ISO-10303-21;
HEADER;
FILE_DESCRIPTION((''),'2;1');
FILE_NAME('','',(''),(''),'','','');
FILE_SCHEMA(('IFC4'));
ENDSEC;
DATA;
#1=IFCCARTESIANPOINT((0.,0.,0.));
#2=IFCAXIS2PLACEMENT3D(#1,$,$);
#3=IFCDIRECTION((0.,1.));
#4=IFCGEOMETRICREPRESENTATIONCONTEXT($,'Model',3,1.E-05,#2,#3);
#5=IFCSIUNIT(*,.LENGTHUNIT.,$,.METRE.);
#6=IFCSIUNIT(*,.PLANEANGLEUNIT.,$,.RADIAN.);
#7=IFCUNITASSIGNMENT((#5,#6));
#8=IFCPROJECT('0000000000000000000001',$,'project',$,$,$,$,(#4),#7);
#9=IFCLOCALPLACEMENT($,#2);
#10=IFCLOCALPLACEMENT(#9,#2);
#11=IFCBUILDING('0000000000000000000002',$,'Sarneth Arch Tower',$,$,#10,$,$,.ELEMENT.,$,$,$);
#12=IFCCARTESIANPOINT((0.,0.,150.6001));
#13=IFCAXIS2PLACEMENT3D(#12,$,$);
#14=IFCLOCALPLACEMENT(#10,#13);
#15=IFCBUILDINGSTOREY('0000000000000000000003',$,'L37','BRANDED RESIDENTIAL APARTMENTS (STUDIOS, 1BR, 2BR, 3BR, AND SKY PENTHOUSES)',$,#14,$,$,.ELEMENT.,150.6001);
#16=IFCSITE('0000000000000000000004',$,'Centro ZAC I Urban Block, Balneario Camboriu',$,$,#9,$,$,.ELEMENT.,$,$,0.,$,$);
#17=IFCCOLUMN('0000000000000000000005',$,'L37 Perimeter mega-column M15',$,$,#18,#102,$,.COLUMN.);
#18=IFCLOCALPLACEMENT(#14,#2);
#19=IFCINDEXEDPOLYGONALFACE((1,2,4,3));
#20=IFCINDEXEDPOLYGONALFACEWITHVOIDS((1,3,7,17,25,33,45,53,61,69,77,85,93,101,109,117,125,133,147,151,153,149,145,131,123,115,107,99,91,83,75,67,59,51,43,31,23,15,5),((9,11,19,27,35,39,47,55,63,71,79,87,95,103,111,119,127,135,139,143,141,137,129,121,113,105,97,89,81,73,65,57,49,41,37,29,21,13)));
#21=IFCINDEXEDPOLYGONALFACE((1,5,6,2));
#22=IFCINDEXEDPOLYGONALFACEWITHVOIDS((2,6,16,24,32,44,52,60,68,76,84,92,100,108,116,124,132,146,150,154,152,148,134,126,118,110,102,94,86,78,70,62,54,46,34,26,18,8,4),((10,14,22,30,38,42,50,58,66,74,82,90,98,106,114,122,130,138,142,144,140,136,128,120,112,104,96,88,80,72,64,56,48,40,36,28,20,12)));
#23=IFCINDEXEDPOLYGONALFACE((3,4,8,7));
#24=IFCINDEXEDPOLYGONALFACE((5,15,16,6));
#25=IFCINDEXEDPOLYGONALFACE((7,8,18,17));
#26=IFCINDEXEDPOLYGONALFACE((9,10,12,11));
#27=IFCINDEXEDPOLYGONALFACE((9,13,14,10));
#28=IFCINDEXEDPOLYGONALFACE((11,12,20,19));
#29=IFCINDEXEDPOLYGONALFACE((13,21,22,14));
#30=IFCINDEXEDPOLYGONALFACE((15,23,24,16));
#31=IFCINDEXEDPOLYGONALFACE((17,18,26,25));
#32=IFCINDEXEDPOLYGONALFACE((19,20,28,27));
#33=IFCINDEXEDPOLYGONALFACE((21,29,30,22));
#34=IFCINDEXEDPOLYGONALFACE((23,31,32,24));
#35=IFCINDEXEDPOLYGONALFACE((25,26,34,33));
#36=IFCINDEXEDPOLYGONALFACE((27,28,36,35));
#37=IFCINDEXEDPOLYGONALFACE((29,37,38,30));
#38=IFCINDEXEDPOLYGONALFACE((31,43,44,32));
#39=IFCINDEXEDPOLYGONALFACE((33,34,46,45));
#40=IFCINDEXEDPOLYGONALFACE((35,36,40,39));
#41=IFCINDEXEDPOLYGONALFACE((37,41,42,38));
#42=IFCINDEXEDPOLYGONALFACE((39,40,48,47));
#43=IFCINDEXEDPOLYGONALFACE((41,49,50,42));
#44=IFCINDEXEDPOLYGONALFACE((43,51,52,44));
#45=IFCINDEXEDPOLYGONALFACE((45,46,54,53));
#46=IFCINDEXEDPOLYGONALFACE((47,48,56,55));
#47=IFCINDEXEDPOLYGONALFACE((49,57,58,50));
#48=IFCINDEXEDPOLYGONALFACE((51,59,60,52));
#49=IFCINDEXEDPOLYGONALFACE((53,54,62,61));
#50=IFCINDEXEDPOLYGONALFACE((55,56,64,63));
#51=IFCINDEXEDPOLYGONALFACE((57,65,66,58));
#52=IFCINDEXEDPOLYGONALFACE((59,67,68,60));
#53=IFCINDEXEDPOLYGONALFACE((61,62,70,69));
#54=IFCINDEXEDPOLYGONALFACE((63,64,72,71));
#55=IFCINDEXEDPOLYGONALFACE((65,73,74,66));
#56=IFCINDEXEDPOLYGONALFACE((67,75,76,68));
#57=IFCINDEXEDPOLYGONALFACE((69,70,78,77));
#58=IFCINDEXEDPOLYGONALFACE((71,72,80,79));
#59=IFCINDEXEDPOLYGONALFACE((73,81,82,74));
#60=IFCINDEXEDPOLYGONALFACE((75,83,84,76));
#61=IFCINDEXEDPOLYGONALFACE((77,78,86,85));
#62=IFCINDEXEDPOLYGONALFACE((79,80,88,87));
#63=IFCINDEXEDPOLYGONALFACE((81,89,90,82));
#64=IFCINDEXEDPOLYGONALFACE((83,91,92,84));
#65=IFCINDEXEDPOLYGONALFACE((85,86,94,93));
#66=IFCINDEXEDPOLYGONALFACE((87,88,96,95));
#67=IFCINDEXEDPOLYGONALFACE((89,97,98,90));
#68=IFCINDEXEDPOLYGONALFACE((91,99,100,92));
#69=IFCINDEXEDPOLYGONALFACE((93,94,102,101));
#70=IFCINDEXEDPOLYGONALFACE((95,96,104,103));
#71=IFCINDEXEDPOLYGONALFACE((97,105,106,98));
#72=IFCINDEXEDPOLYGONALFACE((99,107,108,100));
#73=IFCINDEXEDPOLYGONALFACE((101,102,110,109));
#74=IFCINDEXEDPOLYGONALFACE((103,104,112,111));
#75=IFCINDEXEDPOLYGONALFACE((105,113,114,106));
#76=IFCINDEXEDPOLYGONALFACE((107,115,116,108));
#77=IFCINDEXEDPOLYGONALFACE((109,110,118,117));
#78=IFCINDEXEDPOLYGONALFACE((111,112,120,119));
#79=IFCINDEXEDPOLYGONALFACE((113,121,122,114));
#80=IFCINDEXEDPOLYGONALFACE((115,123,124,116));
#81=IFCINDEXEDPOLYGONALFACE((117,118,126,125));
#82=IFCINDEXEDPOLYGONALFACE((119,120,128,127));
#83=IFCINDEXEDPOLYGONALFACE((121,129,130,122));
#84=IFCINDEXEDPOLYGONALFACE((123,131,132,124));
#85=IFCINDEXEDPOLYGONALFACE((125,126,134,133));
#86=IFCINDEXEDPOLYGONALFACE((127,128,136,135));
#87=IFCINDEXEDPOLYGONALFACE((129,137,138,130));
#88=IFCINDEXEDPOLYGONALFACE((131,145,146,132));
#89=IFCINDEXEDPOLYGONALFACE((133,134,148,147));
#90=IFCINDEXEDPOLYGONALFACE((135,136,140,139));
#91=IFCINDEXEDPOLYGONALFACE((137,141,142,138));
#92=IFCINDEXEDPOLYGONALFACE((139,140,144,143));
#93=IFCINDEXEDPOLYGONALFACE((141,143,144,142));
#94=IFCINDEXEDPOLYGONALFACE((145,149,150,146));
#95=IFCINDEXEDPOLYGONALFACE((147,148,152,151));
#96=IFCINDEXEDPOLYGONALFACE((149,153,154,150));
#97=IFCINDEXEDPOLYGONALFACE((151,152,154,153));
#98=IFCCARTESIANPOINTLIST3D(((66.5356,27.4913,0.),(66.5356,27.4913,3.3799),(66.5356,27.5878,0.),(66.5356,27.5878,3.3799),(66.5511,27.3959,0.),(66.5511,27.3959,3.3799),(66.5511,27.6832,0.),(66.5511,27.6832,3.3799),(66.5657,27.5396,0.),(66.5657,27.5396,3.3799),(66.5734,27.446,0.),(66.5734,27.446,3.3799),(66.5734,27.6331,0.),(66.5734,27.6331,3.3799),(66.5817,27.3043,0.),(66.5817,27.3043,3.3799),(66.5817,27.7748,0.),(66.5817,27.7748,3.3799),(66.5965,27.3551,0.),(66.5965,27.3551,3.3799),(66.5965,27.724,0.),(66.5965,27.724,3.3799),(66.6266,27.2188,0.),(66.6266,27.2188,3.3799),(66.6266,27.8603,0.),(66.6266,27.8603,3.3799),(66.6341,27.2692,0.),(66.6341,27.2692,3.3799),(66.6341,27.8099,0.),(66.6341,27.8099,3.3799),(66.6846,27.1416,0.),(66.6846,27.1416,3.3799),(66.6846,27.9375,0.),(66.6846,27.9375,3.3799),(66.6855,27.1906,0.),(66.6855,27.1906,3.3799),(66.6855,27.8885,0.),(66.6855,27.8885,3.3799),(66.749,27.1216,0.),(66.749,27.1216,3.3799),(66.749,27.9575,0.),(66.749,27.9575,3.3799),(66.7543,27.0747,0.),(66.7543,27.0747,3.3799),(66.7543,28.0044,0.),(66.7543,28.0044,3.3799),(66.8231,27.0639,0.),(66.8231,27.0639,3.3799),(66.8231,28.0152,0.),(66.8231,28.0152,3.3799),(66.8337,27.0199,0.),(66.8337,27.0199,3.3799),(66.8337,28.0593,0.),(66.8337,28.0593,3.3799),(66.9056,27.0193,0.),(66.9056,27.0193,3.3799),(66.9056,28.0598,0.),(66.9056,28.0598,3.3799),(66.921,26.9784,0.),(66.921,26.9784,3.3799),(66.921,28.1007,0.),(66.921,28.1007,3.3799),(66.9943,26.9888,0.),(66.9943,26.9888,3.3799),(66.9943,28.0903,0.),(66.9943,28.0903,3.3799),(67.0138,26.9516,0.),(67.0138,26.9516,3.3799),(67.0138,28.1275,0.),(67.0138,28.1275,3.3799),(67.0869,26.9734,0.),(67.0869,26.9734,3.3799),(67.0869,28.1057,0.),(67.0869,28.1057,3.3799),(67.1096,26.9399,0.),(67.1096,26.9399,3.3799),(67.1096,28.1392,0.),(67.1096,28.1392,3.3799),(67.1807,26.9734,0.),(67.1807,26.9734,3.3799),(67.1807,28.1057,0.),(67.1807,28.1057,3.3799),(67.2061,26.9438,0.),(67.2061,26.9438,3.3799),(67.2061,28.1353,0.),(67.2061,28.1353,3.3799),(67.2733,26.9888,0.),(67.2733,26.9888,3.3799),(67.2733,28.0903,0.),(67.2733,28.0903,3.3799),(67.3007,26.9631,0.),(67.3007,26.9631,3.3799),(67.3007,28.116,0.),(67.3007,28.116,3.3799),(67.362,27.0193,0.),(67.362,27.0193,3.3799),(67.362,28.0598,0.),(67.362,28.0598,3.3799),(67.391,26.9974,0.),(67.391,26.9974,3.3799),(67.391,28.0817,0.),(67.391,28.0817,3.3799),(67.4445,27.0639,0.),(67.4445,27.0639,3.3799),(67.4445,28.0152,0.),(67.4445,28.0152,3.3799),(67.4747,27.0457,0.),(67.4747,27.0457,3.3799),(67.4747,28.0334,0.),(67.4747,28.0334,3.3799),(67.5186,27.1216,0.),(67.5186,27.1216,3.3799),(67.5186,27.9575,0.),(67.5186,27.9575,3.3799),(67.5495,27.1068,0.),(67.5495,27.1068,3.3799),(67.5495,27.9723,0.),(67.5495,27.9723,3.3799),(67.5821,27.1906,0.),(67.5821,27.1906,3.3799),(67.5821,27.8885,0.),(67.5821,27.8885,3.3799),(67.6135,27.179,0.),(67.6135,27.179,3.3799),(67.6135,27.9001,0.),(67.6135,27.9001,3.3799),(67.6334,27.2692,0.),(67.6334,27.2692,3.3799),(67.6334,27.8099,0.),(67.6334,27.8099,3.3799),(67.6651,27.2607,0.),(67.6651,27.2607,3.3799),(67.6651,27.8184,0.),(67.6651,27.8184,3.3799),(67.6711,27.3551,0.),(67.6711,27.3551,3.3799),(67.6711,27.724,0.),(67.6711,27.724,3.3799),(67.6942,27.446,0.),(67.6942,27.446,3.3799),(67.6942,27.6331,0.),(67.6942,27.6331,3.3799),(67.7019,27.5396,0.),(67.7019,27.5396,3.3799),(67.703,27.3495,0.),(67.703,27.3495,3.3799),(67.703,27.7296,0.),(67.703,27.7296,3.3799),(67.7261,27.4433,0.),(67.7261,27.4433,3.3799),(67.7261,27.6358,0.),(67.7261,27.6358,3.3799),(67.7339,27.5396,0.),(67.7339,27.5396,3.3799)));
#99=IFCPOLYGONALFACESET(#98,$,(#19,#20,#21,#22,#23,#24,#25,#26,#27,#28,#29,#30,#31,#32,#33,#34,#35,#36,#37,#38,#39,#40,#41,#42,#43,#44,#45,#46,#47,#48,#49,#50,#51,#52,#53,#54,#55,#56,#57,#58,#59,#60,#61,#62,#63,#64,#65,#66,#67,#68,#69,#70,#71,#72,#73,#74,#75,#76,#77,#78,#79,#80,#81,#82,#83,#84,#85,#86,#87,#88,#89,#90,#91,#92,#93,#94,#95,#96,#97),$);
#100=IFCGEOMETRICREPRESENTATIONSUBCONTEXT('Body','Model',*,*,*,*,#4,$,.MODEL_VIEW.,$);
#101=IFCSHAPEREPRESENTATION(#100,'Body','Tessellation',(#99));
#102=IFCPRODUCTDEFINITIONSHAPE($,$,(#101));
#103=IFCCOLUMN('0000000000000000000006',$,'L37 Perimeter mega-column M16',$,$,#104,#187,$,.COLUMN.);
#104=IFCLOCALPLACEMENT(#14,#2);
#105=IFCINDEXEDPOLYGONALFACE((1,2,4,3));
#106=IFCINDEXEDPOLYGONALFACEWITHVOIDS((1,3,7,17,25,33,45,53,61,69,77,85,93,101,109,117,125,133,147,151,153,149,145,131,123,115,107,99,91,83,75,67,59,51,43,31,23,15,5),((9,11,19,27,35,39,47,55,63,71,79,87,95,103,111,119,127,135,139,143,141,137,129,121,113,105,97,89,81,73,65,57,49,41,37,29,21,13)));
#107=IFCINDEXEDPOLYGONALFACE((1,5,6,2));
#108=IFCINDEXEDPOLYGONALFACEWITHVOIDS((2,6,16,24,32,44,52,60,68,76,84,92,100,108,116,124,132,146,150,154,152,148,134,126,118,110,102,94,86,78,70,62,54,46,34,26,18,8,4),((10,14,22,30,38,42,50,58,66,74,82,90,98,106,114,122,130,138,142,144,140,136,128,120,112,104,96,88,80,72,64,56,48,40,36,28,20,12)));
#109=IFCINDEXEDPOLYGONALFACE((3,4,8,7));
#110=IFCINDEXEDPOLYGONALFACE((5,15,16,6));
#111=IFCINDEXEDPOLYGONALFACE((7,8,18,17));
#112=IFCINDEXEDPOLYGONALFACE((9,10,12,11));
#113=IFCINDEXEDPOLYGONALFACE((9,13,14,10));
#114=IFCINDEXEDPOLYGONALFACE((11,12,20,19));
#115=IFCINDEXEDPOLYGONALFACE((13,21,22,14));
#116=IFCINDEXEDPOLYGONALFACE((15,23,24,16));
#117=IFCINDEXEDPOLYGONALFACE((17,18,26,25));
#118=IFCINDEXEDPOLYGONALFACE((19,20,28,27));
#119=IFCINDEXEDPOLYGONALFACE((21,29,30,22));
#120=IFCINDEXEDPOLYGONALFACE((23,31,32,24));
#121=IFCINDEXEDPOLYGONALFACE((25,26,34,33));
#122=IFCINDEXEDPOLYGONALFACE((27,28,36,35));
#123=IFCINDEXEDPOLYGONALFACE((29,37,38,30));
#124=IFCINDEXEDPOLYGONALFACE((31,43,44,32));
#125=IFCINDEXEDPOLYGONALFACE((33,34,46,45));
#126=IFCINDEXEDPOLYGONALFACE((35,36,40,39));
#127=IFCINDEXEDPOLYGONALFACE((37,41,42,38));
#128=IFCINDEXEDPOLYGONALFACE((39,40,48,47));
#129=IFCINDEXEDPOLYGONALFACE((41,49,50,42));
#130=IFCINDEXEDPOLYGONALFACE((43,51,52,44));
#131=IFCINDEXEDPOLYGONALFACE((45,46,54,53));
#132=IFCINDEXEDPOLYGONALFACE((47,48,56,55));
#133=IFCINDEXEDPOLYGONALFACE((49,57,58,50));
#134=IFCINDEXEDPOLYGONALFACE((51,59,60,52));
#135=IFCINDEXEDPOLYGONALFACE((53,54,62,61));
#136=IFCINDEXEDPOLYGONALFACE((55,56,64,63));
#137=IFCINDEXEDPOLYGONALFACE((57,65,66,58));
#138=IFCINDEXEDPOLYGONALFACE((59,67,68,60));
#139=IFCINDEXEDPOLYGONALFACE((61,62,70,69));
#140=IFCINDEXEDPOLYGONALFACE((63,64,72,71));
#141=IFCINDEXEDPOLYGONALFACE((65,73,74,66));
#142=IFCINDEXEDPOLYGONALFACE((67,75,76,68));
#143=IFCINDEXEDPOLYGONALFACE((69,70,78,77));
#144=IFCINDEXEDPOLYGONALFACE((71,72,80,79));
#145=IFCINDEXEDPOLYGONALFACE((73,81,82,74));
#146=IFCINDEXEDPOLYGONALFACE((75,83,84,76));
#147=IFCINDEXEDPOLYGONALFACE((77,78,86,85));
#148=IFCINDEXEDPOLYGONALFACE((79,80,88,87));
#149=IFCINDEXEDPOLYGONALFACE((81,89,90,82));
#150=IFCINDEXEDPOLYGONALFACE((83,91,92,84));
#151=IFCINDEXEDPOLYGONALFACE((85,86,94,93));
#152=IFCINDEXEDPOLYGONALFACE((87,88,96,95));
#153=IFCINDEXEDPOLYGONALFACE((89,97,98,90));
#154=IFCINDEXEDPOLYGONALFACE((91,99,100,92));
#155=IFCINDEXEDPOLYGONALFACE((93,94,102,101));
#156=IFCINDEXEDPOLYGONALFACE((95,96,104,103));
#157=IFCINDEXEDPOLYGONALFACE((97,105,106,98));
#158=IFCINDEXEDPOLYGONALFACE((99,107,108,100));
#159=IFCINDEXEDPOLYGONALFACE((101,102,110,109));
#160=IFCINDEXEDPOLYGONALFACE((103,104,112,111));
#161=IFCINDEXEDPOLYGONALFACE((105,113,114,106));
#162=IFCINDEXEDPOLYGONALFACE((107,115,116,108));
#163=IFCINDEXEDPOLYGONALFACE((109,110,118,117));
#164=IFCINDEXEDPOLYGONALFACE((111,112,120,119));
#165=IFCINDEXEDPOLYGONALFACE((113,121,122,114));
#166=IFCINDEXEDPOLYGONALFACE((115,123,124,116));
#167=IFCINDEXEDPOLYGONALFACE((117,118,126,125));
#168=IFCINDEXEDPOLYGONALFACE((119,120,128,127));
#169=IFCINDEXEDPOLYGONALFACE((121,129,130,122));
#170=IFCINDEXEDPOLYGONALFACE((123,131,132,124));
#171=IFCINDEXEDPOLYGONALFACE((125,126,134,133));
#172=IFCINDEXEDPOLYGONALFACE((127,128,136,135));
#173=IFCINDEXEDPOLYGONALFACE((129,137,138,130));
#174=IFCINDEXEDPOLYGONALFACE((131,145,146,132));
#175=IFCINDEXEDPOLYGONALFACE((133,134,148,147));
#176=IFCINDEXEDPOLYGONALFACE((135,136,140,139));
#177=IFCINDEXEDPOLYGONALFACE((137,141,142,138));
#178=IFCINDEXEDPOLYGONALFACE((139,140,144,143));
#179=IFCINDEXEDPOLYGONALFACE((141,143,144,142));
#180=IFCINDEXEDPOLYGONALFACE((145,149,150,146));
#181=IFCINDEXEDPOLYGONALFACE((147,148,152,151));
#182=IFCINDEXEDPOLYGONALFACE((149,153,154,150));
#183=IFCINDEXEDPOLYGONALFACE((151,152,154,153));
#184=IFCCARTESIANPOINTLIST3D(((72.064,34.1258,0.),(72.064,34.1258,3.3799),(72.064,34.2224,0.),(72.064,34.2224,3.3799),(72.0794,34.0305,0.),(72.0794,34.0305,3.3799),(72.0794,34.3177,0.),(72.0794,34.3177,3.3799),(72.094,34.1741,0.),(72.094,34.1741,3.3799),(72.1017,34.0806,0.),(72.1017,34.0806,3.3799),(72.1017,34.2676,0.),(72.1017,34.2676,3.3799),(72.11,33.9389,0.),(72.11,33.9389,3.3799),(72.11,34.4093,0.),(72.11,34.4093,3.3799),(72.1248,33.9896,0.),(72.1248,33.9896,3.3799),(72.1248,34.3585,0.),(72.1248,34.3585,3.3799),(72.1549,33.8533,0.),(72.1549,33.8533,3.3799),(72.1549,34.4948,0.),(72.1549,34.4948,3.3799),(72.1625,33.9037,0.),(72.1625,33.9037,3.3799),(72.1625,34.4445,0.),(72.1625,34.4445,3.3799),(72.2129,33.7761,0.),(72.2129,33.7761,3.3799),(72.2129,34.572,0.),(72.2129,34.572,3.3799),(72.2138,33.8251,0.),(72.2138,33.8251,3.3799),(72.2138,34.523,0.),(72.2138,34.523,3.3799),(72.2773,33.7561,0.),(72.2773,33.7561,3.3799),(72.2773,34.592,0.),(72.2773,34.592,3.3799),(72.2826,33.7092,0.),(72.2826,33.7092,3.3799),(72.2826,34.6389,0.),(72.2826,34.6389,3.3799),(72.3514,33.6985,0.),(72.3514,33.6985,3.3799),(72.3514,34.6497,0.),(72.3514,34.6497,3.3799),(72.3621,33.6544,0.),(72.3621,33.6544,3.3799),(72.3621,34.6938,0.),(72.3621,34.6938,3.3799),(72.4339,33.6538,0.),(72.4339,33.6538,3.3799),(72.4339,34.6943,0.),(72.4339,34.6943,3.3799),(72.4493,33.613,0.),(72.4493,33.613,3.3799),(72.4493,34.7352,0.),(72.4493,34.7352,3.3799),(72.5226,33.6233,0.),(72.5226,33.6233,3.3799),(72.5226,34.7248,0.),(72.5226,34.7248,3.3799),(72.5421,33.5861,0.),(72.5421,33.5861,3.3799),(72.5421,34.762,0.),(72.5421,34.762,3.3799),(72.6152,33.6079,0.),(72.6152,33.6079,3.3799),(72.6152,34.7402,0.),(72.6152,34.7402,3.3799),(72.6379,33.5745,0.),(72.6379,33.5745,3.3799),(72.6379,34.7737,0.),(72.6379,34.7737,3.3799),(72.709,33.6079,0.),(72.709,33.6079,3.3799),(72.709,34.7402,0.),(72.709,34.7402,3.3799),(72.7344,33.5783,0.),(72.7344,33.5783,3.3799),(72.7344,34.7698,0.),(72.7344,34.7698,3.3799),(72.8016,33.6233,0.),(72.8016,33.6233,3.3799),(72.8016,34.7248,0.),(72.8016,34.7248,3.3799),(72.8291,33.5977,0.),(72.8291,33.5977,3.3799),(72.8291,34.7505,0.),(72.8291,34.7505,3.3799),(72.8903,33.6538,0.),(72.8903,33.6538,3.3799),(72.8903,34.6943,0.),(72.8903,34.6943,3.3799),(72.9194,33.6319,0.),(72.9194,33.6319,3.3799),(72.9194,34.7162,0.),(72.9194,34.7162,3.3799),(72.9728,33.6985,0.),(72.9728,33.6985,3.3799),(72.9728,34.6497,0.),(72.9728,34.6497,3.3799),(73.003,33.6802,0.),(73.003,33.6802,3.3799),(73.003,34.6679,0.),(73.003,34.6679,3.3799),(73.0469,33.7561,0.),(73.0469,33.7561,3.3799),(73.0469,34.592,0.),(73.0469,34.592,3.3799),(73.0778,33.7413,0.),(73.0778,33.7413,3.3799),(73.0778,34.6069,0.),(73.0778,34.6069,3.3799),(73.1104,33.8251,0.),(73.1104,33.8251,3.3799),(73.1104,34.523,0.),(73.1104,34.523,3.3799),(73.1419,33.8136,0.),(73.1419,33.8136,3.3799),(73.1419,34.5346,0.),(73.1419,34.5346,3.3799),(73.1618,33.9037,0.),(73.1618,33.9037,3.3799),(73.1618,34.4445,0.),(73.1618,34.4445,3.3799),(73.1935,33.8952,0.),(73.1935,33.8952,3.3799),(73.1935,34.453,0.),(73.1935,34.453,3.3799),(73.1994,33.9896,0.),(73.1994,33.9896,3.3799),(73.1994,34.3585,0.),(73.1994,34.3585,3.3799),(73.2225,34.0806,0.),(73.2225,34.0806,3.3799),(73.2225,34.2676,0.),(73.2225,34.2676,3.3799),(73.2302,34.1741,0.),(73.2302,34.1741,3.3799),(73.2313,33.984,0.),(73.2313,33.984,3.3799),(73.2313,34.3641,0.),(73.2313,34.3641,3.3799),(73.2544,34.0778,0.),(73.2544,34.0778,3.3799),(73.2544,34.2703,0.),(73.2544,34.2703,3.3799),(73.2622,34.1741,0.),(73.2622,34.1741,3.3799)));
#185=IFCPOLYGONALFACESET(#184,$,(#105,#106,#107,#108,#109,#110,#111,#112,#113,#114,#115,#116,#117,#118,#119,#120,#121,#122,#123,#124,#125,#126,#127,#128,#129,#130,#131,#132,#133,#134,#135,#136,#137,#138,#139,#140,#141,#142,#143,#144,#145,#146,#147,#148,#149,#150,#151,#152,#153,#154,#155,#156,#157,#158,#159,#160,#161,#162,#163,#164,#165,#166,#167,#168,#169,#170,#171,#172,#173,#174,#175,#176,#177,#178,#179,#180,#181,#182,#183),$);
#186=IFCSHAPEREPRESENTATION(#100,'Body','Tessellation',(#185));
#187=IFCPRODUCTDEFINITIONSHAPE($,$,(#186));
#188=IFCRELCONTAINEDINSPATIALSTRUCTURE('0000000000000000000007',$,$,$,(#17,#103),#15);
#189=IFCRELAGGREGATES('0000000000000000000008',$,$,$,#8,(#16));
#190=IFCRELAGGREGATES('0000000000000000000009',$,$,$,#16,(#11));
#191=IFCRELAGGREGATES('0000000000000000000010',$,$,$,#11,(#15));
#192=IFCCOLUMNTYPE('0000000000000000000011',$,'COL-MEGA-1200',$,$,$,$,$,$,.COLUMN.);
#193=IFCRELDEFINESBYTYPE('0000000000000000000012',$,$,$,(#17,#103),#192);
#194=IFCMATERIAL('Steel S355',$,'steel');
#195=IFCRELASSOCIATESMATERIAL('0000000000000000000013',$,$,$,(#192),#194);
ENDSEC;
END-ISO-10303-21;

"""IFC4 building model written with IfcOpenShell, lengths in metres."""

from ifc_helpers import new_model, si_unit, direction, frame, origin, origin_2d, place, context, subcontext, project, spatial, hollow_circle, extrude, material, material_profile, profile_set, type_object, element, save


model = new_model("IFC4")

# Units and contexts
model_context = context("Model", 3, precision=1e-05, world=origin(), true_north=direction((0.0, 1.0)))
body_context = subcontext(model_context, "Body", "Model", "MODEL_VIEW")
ifc_project = project(units=[si_unit("LENGTHUNIT", "METRE"), si_unit("PLANEANGLEUNIT", "RADIAN")], contexts=[model_context])

# Site, building, storey
site_placement = place(None, origin())
site = spatial("IfcSite", under=ifc_project, at=site_placement, Name="Centro ZAC I Urban Block, Balneario Camboriu", CompositionType="ELEMENT", RefElevation=0.0)
building_placement = place(site_placement, origin())
building = spatial("IfcBuilding", under=site, at=building_placement, Name="Sarneth Arch Tower", CompositionType="ELEMENT")
storey_placement = place(building_placement, frame((0.0, 0.0, 150.6001)))
storey = spatial("IfcBuildingStorey", under=building, at=storey_placement, Name="L37", Description="BRANDED RESIDENTIAL APARTMENTS (STUDIOS, 1BR, 2BR, 3BR, AND SKY PENTHOUSES)", CompositionType="ELEMENT", Elevation=150.6001)

# Columns
ifc_material_1 = material(Name="Steel S355", Category="steel")
ifc_material_profile_1 = material_profile(ifc_material_1, hollow_circle(Radius=0.6001, WallThickness=0.032, at=origin_2d()), Name="CHS1200x32")
ifc_profile_set_1 = profile_set([ifc_material_profile_1], Name="Steel S355")
column_type = type_object("IfcColumnType", Name="COL-MEGA-1200", PredefinedType="COLUMN", material=ifc_profile_set_1)
for number, where, z_axis, x_axis, name in (
    (1, (67.1338, 27.5396, 0.0), (0.0, 0.0, 1.0), (1.0, 0.0, 0.0), "L37 Perimeter mega-column M15"),
    (2, (72.6621, 34.1741, 0.0), (0.0, 0.0, 1.0), (1.0, 0.0, 0.0), "L37 Perimeter mega-column M16"),
):
    element("IfcColumn", number, at=place(storey_placement, frame(where, z_axis=z_axis, x_axis=x_axis)), inside=storey, type_object=column_type, Name=name, PredefinedType="COLUMN", context=body_context, shape_type="SweptSolid", body=[
        extrude(hollow_circle(Radius=0.6001, WallThickness=0.032, at=origin_2d()), origin(), (0.0, 0.0, 1.0), 3.3799),
    ])

save(model, "model.ifc")
